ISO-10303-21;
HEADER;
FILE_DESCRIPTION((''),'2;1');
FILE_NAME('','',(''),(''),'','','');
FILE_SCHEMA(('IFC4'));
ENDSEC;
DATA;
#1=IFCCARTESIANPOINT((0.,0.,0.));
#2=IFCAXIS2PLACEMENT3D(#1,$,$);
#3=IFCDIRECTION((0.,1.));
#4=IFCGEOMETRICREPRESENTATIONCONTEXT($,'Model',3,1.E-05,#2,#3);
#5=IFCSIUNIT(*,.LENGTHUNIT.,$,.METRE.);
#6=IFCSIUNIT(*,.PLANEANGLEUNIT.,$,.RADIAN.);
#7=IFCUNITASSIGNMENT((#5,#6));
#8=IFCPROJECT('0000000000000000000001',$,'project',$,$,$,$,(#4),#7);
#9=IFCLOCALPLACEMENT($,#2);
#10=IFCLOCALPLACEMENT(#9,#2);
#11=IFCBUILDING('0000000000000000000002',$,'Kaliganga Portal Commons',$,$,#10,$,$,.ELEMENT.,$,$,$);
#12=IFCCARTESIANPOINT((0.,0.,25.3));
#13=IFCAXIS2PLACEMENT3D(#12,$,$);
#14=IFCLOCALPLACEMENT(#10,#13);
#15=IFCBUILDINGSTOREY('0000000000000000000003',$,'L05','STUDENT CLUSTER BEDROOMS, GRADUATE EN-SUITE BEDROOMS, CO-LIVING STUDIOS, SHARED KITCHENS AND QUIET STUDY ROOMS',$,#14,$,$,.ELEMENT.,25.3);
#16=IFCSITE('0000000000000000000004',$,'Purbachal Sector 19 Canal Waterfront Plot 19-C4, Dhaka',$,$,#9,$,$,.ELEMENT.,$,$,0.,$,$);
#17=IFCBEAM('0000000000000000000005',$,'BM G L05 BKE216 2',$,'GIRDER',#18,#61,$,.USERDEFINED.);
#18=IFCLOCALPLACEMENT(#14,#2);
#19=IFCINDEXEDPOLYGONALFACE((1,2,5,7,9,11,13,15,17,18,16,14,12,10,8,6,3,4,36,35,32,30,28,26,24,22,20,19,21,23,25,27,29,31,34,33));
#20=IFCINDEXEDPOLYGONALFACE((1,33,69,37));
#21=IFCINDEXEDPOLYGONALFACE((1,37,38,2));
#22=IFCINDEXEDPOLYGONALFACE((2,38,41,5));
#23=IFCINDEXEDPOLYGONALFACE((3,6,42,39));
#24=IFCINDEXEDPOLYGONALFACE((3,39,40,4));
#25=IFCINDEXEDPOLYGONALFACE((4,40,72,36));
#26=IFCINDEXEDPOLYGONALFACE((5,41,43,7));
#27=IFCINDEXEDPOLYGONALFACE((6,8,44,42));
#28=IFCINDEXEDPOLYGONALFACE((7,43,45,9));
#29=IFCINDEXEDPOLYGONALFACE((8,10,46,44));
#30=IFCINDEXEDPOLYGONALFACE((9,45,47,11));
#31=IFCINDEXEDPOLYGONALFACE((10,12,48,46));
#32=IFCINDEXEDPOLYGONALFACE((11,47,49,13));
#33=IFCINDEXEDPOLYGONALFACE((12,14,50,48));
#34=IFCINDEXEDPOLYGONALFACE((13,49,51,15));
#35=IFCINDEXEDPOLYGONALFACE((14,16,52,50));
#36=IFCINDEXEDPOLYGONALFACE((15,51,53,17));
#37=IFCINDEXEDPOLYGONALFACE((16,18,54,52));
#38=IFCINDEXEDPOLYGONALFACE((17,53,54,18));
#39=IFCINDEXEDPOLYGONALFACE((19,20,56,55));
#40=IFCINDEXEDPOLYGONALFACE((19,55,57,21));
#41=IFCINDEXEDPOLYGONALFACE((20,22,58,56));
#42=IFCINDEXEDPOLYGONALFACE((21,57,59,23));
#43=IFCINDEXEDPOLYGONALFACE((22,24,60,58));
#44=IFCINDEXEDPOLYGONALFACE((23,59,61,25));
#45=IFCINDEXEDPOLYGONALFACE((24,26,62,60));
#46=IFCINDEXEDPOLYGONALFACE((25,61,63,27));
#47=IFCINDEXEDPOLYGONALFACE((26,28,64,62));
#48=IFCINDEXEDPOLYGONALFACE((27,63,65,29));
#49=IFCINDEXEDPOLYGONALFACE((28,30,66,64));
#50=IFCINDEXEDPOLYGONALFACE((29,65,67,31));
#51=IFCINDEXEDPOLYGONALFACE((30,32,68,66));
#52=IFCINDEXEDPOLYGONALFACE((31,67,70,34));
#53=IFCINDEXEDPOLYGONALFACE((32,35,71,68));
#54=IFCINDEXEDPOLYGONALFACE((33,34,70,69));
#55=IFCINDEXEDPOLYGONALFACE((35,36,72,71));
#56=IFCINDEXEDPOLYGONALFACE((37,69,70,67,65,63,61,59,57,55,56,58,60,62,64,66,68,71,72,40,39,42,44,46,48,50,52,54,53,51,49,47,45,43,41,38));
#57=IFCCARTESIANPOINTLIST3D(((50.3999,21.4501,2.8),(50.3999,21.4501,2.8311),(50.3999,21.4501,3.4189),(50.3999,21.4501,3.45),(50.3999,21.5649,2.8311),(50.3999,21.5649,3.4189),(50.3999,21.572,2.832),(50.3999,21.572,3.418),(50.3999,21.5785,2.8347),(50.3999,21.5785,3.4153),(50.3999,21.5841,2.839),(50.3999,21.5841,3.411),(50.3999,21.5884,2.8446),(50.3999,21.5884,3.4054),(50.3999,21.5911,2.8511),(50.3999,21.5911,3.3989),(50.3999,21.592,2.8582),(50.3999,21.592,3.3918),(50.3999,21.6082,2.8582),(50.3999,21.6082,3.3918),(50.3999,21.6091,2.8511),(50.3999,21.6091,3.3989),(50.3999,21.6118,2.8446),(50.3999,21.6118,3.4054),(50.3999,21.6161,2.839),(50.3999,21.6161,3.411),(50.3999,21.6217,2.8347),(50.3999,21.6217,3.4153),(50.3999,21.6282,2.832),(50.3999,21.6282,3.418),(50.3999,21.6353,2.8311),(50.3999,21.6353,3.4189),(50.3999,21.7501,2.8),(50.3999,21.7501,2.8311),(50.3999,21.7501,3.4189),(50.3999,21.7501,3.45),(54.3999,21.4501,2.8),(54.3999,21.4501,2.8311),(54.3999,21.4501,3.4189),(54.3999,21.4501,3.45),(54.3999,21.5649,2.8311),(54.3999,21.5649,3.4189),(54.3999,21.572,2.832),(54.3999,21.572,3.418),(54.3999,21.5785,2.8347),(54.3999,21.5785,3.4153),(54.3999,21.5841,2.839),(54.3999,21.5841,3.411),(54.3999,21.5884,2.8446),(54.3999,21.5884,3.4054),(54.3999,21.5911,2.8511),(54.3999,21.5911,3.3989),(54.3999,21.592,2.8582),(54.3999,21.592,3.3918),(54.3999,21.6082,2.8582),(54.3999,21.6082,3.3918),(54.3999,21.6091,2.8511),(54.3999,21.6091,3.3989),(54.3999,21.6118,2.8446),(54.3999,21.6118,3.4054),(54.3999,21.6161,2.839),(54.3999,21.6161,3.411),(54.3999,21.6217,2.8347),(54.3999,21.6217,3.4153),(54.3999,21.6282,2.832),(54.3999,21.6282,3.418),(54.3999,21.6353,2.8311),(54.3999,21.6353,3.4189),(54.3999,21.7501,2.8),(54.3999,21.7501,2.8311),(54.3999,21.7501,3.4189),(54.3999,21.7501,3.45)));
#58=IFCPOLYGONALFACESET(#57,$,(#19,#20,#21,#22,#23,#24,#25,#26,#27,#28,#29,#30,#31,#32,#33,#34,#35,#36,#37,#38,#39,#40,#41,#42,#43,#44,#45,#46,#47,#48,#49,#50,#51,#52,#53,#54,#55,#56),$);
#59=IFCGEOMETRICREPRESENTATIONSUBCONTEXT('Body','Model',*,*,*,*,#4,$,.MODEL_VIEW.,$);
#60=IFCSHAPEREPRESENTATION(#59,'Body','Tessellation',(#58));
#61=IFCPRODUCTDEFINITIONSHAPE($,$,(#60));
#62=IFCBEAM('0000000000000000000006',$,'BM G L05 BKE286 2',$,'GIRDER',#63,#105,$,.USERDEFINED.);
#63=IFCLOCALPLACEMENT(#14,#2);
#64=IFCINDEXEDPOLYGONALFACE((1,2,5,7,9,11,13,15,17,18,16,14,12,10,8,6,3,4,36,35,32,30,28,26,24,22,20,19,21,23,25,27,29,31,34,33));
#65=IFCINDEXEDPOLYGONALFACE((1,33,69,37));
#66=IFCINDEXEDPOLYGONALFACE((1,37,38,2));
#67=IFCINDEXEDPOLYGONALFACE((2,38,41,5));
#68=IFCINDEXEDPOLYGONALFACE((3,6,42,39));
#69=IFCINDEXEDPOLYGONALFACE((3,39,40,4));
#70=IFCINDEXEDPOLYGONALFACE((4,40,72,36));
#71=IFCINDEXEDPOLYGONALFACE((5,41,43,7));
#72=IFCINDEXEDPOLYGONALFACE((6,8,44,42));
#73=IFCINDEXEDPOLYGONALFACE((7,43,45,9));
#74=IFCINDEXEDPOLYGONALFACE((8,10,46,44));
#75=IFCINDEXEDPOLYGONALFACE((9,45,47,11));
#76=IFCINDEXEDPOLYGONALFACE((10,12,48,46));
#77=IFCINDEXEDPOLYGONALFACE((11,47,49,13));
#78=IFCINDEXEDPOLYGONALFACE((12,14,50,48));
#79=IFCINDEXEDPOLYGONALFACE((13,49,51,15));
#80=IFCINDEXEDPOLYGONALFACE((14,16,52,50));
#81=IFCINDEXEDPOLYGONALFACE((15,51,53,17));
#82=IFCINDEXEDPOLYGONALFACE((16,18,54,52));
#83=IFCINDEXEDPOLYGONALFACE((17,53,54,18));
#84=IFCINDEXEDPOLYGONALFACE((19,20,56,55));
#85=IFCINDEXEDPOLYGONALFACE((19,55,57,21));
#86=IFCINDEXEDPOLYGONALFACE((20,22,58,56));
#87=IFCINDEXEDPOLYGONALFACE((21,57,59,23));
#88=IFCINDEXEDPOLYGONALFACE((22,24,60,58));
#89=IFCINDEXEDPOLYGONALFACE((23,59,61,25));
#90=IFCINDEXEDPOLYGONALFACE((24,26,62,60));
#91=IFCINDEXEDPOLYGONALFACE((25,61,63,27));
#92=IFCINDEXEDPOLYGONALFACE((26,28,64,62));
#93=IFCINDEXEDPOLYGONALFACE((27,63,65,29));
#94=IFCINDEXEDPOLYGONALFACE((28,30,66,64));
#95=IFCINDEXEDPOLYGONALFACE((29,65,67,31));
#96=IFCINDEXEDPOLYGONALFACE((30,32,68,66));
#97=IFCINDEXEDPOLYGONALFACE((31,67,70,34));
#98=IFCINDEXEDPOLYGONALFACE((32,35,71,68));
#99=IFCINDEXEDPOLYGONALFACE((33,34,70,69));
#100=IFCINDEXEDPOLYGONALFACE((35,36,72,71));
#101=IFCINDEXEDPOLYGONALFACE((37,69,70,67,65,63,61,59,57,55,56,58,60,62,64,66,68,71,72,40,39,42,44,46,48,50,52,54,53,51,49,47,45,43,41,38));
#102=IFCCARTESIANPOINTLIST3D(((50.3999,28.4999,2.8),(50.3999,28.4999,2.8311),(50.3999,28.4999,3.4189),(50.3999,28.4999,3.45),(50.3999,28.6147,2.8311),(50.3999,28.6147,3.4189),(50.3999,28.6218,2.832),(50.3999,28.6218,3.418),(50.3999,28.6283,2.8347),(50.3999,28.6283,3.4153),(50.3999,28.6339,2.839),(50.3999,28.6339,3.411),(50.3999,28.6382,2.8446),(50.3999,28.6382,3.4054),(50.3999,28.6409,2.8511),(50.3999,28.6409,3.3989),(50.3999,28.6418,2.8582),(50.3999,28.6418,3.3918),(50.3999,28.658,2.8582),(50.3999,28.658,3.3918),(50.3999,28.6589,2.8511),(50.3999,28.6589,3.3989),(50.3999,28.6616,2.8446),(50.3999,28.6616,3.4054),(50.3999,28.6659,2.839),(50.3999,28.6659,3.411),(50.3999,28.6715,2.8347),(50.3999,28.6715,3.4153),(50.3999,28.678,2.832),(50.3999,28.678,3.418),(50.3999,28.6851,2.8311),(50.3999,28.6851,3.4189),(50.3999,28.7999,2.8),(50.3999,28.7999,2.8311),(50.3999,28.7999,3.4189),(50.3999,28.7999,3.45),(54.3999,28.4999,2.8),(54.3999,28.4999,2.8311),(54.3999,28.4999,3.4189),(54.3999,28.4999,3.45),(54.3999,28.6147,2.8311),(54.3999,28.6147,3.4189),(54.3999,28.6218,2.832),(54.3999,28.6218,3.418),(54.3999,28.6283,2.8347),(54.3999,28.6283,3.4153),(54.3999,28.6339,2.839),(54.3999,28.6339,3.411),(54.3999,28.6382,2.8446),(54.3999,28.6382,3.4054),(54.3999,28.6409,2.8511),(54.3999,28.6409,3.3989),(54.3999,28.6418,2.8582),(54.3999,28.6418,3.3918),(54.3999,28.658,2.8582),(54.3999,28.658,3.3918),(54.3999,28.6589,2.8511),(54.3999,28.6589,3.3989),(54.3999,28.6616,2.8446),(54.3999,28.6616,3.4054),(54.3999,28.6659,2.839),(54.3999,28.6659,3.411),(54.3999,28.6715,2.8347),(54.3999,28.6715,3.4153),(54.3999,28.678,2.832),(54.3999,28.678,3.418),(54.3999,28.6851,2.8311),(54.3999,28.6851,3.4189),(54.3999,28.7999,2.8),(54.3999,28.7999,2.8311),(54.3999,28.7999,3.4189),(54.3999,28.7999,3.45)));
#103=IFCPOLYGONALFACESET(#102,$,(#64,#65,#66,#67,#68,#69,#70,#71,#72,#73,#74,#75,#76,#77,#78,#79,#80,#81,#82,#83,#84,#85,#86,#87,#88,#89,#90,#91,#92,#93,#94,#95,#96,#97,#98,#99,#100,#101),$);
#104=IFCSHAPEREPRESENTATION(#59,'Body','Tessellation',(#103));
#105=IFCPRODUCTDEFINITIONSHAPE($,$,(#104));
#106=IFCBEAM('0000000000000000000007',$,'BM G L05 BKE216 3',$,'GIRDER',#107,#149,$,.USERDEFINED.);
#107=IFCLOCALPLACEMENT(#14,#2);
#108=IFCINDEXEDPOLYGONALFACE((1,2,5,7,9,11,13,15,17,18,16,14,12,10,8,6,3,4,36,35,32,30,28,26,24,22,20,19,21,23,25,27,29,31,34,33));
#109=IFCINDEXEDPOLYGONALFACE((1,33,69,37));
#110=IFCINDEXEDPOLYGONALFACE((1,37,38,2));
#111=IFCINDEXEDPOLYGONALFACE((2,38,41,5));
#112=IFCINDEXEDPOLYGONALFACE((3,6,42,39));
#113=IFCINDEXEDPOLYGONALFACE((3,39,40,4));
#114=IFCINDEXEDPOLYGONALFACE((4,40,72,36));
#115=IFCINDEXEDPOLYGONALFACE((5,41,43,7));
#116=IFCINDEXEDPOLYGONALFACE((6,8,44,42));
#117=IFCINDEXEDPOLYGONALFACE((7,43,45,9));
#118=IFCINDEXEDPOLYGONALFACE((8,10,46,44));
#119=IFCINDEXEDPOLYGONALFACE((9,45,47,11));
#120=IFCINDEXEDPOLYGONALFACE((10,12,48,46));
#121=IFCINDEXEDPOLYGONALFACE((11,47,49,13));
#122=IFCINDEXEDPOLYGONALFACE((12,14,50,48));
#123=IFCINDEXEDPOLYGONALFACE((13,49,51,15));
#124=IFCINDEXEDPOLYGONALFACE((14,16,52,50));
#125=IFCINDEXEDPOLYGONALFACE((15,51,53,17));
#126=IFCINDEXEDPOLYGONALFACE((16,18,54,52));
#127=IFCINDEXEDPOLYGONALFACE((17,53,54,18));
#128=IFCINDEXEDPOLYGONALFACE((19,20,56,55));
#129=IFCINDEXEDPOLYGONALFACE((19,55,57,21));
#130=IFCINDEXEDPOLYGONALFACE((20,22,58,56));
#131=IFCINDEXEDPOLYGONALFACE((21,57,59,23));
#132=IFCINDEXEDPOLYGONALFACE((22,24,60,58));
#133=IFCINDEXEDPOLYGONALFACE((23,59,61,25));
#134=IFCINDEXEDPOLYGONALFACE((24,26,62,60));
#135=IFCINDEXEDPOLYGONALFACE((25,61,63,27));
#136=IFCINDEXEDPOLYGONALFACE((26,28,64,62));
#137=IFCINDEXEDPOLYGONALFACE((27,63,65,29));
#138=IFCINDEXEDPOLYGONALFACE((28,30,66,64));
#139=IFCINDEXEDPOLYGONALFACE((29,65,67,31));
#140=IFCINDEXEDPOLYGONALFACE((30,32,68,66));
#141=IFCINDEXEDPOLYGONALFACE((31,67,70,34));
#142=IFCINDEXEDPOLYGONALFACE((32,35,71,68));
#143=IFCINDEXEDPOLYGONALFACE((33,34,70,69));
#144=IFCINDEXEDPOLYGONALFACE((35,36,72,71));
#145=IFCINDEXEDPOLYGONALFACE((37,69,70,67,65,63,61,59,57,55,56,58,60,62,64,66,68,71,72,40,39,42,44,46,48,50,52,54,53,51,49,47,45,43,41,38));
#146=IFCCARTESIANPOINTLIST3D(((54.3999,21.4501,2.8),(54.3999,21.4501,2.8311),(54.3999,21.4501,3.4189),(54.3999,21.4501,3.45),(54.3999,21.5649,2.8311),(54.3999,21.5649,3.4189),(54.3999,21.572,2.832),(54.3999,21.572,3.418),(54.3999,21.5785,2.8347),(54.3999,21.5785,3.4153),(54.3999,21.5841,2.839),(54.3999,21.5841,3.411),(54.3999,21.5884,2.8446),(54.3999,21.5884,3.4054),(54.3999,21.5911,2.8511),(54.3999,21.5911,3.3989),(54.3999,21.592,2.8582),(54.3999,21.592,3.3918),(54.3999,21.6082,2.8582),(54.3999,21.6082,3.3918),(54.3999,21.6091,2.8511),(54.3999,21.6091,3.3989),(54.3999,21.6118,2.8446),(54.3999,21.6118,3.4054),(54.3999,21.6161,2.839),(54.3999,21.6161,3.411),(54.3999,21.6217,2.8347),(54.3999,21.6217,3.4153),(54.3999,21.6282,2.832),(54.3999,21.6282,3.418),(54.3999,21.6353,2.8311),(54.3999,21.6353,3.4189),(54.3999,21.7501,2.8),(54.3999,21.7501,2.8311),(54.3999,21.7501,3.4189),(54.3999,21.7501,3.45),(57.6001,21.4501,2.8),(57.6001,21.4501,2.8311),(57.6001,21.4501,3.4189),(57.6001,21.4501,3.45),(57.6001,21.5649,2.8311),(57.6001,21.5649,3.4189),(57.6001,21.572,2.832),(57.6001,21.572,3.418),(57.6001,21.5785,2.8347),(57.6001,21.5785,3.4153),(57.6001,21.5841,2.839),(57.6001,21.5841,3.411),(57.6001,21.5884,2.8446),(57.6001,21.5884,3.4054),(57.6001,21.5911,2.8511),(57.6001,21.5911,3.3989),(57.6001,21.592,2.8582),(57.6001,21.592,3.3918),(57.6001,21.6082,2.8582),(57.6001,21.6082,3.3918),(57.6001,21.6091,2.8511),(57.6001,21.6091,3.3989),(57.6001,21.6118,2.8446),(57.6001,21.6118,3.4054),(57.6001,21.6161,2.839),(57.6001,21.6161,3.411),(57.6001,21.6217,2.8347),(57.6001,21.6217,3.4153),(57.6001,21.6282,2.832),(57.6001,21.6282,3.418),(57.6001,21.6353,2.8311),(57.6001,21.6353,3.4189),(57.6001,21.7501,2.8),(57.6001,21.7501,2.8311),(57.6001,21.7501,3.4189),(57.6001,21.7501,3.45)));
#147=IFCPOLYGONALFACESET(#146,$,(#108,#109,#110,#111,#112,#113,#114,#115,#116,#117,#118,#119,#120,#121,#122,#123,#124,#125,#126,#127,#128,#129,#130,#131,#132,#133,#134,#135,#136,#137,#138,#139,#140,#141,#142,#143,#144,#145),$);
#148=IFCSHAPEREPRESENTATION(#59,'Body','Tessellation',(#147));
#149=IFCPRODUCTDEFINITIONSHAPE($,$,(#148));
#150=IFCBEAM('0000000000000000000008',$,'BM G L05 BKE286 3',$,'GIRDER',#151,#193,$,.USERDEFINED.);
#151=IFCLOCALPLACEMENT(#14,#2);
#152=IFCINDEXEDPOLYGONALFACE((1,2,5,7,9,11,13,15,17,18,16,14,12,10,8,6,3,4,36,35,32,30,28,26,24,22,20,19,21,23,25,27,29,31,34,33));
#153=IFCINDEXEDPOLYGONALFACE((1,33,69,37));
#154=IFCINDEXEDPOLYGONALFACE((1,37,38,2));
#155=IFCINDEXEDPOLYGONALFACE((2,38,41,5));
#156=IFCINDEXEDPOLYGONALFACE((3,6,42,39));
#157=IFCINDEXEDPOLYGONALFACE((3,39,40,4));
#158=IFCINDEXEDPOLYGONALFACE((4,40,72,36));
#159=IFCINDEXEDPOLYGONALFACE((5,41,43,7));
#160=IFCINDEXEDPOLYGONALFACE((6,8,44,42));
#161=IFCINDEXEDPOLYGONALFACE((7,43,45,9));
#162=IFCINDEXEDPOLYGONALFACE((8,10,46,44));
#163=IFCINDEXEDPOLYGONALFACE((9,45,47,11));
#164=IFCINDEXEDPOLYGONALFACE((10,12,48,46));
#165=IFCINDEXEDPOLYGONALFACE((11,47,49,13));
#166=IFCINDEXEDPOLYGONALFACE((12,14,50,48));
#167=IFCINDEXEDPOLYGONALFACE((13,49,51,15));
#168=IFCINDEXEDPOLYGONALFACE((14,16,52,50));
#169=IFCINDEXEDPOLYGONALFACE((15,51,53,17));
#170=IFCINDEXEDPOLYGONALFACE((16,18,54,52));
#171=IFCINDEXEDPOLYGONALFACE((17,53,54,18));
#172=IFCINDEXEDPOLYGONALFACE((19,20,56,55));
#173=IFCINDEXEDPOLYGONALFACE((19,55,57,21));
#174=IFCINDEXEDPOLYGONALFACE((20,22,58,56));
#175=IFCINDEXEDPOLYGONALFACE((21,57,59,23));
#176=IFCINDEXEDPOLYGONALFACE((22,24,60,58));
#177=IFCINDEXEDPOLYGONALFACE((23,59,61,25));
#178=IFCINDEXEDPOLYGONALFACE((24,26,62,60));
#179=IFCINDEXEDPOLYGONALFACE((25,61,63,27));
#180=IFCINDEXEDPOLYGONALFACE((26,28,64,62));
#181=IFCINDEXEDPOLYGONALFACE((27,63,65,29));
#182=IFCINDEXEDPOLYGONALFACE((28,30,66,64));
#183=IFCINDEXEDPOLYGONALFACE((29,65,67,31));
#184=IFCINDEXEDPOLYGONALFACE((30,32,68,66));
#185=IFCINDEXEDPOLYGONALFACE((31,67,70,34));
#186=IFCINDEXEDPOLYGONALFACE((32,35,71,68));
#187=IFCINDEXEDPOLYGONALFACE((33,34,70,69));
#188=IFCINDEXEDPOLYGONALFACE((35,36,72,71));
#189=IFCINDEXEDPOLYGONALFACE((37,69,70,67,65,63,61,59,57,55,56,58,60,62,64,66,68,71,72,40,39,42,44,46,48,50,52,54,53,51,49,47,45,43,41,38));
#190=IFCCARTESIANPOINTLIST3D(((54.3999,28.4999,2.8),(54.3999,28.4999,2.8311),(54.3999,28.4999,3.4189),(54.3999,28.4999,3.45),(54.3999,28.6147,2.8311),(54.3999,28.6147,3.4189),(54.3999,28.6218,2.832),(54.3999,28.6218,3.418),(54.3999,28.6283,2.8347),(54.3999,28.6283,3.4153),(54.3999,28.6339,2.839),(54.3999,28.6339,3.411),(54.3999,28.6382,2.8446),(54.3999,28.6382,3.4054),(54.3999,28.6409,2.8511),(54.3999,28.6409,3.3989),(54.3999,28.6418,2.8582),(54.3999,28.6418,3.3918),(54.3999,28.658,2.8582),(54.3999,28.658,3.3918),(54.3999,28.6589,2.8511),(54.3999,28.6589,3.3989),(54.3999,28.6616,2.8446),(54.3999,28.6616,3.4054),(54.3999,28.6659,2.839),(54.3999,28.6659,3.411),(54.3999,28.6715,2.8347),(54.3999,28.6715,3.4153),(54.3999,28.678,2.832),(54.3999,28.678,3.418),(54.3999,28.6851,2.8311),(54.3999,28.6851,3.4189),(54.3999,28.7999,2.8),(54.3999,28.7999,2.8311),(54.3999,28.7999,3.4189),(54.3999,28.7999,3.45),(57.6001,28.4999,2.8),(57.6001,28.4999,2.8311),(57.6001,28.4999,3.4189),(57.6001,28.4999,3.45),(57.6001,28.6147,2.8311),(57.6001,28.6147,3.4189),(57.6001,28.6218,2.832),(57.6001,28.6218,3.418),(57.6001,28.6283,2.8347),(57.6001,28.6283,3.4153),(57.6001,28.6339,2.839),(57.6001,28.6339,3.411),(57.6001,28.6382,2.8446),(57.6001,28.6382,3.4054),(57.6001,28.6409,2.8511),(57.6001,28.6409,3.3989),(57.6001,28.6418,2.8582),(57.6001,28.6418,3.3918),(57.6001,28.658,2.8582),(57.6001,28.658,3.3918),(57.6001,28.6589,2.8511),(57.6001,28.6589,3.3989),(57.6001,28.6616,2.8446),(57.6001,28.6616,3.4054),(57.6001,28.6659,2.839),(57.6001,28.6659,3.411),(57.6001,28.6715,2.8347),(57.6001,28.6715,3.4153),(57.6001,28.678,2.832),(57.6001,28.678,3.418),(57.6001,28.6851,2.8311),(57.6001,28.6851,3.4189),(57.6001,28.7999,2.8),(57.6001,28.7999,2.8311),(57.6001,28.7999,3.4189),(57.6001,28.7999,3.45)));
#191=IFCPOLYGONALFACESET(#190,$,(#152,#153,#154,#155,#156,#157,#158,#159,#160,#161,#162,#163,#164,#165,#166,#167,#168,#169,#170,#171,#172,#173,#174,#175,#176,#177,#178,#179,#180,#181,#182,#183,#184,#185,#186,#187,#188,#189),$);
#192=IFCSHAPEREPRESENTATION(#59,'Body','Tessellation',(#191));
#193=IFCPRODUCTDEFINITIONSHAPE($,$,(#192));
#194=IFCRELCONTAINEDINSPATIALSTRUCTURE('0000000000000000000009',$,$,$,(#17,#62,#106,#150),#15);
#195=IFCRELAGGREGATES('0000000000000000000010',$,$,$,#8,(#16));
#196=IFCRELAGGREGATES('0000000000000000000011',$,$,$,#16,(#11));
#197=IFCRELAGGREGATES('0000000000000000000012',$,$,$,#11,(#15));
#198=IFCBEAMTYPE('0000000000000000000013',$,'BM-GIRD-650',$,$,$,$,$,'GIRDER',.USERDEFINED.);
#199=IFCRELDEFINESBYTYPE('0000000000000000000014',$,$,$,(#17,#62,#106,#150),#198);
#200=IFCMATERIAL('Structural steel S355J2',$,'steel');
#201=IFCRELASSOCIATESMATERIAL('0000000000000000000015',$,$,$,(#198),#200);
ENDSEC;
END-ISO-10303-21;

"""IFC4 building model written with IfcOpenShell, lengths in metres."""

from ifc_helpers import new_model, si_unit, direction, frame, origin, origin_2d, place, context, subcontext, project, spatial, i_section, extrude, source, transform, mapped, material, material_profile, profile_set, type_object, element, save


model = new_model("IFC4")

# Units and contexts
model_context = context("Model", 3, precision=1e-05, world=origin(), true_north=direction((0.0, 1.0)))
body_context = subcontext(model_context, "Body", "Model", "MODEL_VIEW")
ifc_project = project(units=[si_unit("LENGTHUNIT", "METRE"), si_unit("PLANEANGLEUNIT", "RADIAN")], contexts=[model_context])

# Site, building, storey
site_placement = place(None, origin())
site = spatial("IfcSite", under=ifc_project, at=site_placement, Name="Purbachal Sector 19 Canal Waterfront Plot 19-C4, Dhaka", CompositionType="ELEMENT", RefElevation=0.0)
building_placement = place(site_placement, origin())
building = spatial("IfcBuilding", under=site, at=building_placement, Name="Kaliganga Portal Commons", CompositionType="ELEMENT")
storey_placement = place(building_placement, frame((0.0, 0.0, 25.3)))
storey = spatial("IfcBuildingStorey", under=building, at=storey_placement, Name="L05", Description="STUDENT CLUSTER BEDROOMS, GRADUATE EN-SUITE BEDROOMS, CO-LIVING STUDIOS, SHARED KITCHENS AND QUIET STUDY ROOMS", CompositionType="ELEMENT", Elevation=25.3)

# Beams
ifc_material_1 = material(Name="Structural steel S355J2", Category="steel")
ifc_material_profile_1 = material_profile(ifc_material_1, i_section(OverallWidth=0.3, OverallDepth=0.6499, WebThickness=0.0161, FlangeThickness=0.031, FilletRadius=0.0271, at=origin_2d()), Name="HE 650 B")
ifc_profile_set_1 = profile_set([ifc_material_profile_1], Name="Structural steel S355J2 wide-flange")
beam_type_1 = type_object("IfcBeamType", Name="BM-GIRD-650", ElementType="GIRDER", PredefinedType="USERDEFINED", material=ifc_profile_set_1)
shared_shape_1 = source(origin(), body_context, "Body", "SweptSolid", [
    extrude(i_section(OverallWidth=0.3, OverallDepth=0.6499, WebThickness=0.0161, FlangeThickness=0.031, FilletRadius=0.0271, at=origin_2d()), origin(), (0.0, 0.0, 1.0), 4.0),
])
for number, where, z_axis, x_axis, name in (
    (1, (50.3999, 21.6001, 3.125), (1.0, 0.0, 0.0), (0.0, 1.0, 0.0), "BM G L05 BKE216 2"),
    (2, (50.3999, 28.6499, 3.125), (1.0, 0.0, 0.0), (0.0, 1.0, 0.0), "BM G L05 BKE286 2"),
):
    element("IfcBeam", number, at=place(storey_placement, frame(where, z_axis=z_axis, x_axis=x_axis)), inside=storey, type_object=beam_type_1, Name=name, ObjectType="GIRDER", PredefinedType="USERDEFINED", context=body_context, shape_type="MappedRepresentation", body=[
        mapped(shared_shape_1, transform((0.0, 0.0, 0.0), x_axis=(1.0, 0.0, 0.0), y_axis=(0.0, 1.0, 0.0), z_axis=(0.0, 0.0, 1.0), scale=1.0)),
    ])
shared_shape_2 = source(origin(), body_context, "Body", "SweptSolid", [
    extrude(i_section(OverallWidth=0.3, OverallDepth=0.6499, WebThickness=0.0161, FlangeThickness=0.031, FilletRadius=0.0271, at=origin_2d()), origin(), (0.0, 0.0, 1.0), 3.2002),
])
for number, where, z_axis, x_axis, name in (
    (3, (54.3999, 21.6001, 3.125), (1.0, 0.0, 0.0), (0.0, 1.0, 0.0), "BM G L05 BKE216 3"),
    (4, (54.3999, 28.6499, 3.125), (1.0, 0.0, 0.0), (0.0, 1.0, 0.0), "BM G L05 BKE286 3"),
):
    element("IfcBeam", number, at=place(storey_placement, frame(where, z_axis=z_axis, x_axis=x_axis)), inside=storey, type_object=beam_type_1, Name=name, ObjectType="GIRDER", PredefinedType="USERDEFINED", context=body_context, shape_type="MappedRepresentation", body=[
        mapped(shared_shape_2, transform((0.0, 0.0, 0.0), x_axis=(1.0, 0.0, 0.0), y_axis=(0.0, 1.0, 0.0), z_axis=(0.0, 0.0, 1.0), scale=1.0)),
    ])

save(model, "model.ifc")
